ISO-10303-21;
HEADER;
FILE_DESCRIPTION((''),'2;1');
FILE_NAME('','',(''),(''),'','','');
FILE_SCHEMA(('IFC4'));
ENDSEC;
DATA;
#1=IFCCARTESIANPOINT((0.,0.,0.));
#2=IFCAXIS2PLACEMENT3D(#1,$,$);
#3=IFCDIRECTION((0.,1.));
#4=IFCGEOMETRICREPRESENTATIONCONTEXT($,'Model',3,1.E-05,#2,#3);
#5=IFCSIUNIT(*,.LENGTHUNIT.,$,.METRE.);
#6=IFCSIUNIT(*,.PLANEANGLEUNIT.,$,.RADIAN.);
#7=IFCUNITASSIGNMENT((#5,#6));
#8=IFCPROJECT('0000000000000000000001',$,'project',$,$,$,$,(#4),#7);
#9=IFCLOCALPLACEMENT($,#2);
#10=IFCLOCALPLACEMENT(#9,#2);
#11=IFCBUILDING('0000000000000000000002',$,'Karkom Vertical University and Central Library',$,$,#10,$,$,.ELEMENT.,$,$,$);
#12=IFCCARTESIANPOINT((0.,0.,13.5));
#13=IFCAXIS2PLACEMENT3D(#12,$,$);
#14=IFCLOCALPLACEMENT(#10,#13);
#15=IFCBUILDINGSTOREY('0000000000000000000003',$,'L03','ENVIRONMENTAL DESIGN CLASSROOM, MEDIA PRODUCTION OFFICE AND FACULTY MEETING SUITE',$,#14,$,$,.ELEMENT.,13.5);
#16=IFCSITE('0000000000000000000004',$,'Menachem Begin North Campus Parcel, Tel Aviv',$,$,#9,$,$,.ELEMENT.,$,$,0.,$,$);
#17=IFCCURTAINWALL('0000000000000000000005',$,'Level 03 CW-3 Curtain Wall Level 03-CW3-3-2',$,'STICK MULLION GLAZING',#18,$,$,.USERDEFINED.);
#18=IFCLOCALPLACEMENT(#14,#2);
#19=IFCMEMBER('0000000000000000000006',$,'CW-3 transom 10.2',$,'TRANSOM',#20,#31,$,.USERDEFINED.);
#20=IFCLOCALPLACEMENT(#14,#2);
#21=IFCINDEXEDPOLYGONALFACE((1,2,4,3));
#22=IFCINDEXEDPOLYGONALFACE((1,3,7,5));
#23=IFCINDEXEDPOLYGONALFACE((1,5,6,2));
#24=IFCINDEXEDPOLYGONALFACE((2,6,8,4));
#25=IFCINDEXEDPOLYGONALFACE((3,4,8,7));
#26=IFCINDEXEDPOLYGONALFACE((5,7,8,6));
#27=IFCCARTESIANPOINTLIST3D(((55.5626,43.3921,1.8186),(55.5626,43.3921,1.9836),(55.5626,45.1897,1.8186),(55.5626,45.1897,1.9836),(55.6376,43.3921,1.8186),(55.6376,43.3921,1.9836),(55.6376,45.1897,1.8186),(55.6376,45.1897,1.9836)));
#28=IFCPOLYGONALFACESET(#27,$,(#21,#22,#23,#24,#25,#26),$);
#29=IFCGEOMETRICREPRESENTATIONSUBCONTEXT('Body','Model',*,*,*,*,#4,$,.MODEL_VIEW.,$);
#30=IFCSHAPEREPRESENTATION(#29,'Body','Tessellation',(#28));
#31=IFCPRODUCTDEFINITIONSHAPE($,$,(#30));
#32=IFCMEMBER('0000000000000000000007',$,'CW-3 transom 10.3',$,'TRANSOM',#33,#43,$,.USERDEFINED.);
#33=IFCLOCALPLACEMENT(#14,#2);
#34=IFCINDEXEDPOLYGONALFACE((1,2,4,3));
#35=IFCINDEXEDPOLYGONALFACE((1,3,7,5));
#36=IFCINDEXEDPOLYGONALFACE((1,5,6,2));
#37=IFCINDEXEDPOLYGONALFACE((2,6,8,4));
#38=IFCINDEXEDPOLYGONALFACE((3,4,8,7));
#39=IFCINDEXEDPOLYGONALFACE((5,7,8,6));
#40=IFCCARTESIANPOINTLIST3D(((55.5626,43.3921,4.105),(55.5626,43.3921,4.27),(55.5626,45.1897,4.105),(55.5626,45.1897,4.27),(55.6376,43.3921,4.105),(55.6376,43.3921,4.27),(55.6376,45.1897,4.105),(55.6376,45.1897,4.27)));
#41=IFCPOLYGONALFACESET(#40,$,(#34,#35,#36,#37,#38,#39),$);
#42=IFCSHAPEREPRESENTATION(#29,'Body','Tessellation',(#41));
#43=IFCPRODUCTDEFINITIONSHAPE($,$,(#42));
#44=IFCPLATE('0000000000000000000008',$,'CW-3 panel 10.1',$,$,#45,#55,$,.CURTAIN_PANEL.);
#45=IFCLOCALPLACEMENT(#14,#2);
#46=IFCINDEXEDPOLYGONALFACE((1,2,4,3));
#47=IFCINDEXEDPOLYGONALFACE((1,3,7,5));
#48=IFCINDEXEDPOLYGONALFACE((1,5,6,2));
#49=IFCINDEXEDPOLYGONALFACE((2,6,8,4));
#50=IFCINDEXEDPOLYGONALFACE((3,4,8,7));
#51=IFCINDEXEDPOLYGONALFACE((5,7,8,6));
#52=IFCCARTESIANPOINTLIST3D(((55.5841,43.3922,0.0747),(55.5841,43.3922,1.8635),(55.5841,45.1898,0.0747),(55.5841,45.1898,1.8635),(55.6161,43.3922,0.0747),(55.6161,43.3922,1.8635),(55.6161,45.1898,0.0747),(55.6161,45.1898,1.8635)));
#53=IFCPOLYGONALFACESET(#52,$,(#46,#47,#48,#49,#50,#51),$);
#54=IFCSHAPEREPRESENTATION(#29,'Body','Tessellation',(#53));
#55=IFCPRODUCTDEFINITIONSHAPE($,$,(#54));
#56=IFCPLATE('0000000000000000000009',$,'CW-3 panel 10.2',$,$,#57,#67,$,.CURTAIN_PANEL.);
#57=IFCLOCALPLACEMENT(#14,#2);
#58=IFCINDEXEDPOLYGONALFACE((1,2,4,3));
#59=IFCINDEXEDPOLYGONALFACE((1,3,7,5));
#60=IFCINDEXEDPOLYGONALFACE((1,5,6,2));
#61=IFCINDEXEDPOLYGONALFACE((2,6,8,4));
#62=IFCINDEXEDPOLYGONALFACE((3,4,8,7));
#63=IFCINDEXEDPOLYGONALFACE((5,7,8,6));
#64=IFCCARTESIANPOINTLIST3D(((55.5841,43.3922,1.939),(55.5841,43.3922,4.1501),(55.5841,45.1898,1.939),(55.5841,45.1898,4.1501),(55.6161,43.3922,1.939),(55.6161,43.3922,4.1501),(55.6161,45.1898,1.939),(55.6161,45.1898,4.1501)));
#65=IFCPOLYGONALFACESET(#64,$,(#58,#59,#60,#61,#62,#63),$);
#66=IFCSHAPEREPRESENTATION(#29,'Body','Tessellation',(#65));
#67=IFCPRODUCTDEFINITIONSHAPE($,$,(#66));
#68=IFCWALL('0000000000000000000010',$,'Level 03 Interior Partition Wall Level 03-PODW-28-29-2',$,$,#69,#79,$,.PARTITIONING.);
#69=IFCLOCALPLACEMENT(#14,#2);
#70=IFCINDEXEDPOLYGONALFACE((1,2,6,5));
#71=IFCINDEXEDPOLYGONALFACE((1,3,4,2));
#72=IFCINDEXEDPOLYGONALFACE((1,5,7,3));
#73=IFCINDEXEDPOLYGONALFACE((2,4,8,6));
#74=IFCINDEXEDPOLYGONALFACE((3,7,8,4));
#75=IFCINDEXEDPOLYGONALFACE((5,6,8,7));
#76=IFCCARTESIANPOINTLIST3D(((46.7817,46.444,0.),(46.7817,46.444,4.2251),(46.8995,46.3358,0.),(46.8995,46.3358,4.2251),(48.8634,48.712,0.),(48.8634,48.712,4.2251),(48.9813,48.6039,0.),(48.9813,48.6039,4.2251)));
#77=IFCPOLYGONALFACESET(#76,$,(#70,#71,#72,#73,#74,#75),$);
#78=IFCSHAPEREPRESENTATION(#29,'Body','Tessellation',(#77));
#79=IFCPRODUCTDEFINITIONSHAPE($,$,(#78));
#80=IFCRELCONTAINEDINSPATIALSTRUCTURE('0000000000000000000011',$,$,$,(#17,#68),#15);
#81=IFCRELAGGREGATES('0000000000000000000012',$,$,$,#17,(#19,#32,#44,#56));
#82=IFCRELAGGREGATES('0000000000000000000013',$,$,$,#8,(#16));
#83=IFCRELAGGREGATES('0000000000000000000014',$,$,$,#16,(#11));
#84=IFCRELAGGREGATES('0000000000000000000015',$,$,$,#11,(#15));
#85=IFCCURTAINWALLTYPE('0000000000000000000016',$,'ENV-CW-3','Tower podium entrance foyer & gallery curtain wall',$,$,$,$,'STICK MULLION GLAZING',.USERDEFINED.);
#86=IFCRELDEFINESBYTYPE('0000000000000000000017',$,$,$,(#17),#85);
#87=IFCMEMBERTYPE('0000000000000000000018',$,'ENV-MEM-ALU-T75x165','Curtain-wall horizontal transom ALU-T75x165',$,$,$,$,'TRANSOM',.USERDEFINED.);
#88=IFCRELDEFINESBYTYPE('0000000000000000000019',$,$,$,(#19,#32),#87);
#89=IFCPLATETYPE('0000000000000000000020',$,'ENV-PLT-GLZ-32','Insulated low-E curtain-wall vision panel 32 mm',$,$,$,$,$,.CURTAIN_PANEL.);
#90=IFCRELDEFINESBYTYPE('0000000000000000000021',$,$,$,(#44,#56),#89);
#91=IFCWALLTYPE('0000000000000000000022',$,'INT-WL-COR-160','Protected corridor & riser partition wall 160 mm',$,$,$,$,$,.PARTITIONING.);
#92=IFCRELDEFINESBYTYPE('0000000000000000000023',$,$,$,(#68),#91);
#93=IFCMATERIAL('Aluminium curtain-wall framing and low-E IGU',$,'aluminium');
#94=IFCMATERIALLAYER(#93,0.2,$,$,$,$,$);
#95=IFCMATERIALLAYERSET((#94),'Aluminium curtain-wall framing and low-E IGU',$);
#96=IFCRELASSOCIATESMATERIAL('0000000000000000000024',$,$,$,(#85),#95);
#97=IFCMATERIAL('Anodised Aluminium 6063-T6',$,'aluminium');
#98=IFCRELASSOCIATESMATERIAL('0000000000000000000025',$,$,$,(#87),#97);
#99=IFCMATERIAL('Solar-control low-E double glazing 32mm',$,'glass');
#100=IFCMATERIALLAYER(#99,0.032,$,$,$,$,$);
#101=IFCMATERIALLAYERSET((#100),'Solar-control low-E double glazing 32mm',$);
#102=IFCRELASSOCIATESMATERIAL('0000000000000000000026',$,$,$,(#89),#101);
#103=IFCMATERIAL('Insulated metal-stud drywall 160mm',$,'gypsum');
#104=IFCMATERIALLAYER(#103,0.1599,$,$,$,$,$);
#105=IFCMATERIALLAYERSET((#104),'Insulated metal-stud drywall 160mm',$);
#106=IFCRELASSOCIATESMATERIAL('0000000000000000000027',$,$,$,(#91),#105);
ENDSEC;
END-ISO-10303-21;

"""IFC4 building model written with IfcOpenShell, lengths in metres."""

from ifc_helpers import new_model, si_unit, direction, frame, frame_2d, origin, origin_with_axes, origin_2d, place, context, subcontext, project, spatial, rectangle, extrude, source, transform, mapped, material, layer, layer_set, material_profile, profile_set, type_object, element, aggregate, save


model = new_model("IFC4")

# Units and contexts
model_context = context("Model", 3, precision=1e-05, world=origin(), true_north=direction((0.0, 1.0)))
body_context = subcontext(model_context, "Body", "Model", "MODEL_VIEW")
ifc_project = project(units=[si_unit("LENGTHUNIT", "METRE"), si_unit("PLANEANGLEUNIT", "RADIAN")], contexts=[model_context])

# Site, building, storey
site_placement = place(None, origin())
site = spatial("IfcSite", under=ifc_project, at=site_placement, Name="Menachem Begin North Campus Parcel, Tel Aviv", CompositionType="ELEMENT", RefElevation=0.0)
building_placement = place(site_placement, origin())
building = spatial("IfcBuilding", under=site, at=building_placement, Name="Karkom Vertical University and Central Library", CompositionType="ELEMENT")
storey_placement = place(building_placement, frame((0.0, 0.0, 13.5)))
storey = spatial("IfcBuildingStorey", under=building, at=storey_placement, Name="L03", Description="ENVIRONMENTAL DESIGN CLASSROOM, MEDIA PRODUCTION OFFICE AND FACULTY MEETING SUITE", CompositionType="ELEMENT", Elevation=13.5)

# Curtain wall, members, plates
ifc_material_1 = material(Name="Aluminium curtain-wall framing and low-E IGU", Category="aluminium")
ifc_layer_1 = layer(ifc_material_1, 0.2)
ifc_layer_set_1 = layer_set([ifc_layer_1], Name="Aluminium curtain-wall framing and low-E IGU")
curtain_wall_type = type_object("IfcCurtainWallType", Name="ENV-CW-3", Description="Tower podium entrance foyer & gallery curtain wall", ElementType="STICK MULLION GLAZING", PredefinedType="USERDEFINED", material=ifc_layer_set_1)
curtain_wall_placement = place(storey_placement, origin())
curtain_wall = element("IfcCurtainWall", 1, at=curtain_wall_placement, inside=storey, type_object=curtain_wall_type, Name="Level 03 CW-3 Curtain Wall Level 03-CW3-3-2", ObjectType="STICK MULLION GLAZING", PredefinedType="USERDEFINED")
ifc_material_2 = material(Name="Anodised Aluminium 6063-T6", Category="aluminium")
ifc_material_profile_1 = material_profile(ifc_material_2, rectangle(XDim=0.075, YDim=0.165, at=origin_2d()), Name="ALU-T75x165")
ifc_profile_set_1 = profile_set([ifc_material_profile_1], Name="Anodised Aluminium 6063-T6")
member_type_1 = type_object("IfcMemberType", Name="ENV-MEM-ALU-T75x165", Description="Curtain-wall horizontal transom ALU-T75x165", ElementType="TRANSOM", PredefinedType="USERDEFINED", material=ifc_profile_set_1)
shared_shape_1 = source(origin_with_axes(), body_context, "Body", "SweptSolid", [
    extrude(rectangle(XDim=0.075, YDim=0.165, at=origin_2d()), origin(), (0.0, 0.0, 1.0), 1.7976),
])
member_1_placement = place(storey_placement, frame((55.6001, 43.3921, 1.9011), z_axis=(0.0, 1.0, 0.0), x_axis=(-1.0, 0.0, 0.0)))
member_1 = element("IfcMember", 2, at=member_1_placement, type_object=member_type_1, Name="CW-3 transom 10.2", ObjectType="TRANSOM", PredefinedType="USERDEFINED", context=body_context, shape_type="MappedRepresentation", body=[
    mapped(shared_shape_1, transform((0.0, 0.0, 0.0), scale=1.0)),
])
member_2_placement = place(storey_placement, frame((55.6001, 43.3921, 4.1875), z_axis=(0.0, 1.0, 0.0), x_axis=(-1.0, 0.0, 0.0)))
member_2 = element("IfcMember", 3, at=member_2_placement, type_object=member_type_1, Name="CW-3 transom 10.3", ObjectType="TRANSOM", PredefinedType="USERDEFINED", context=body_context, shape_type="MappedRepresentation", body=[
    mapped(shared_shape_1, transform((0.0, 0.0, 0.0), scale=1.0)),
])
ifc_material_3 = material(Name="Solar-control low-E double glazing 32mm", Category="glass")
ifc_layer_2 = layer(ifc_material_3, 0.032)
ifc_layer_set_2 = layer_set([ifc_layer_2], Name="Solar-control low-E double glazing 32mm")
plate_type = type_object("IfcPlateType", Name="ENV-PLT-GLZ-32", Description="Insulated low-E curtain-wall vision panel 32 mm", PredefinedType="CURTAIN_PANEL", material=ifc_layer_set_2)
shared_shape_2 = source(origin_with_axes(), body_context, "Body", "SweptSolid", [
    extrude(rectangle(XDim=1.7976, YDim=0.032, at=origin_2d()), origin(), (0.0, 0.0, 1.0), 1.7888),
])
plate_1_placement = place(storey_placement, frame((55.6001, 44.291, 0.0747), z_axis=(0.0, 0.0, 1.0), x_axis=(0.0, 1.0, 0.0)))
plate_1 = element("IfcPlate", 4, at=plate_1_placement, type_object=plate_type, Name="CW-3 panel 10.1", PredefinedType="CURTAIN_PANEL", context=body_context, shape_type="MappedRepresentation", body=[
    mapped(shared_shape_2, transform((0.0, 0.0, 0.0), scale=1.0)),
])
shared_shape_3 = source(origin_with_axes(), body_context, "Body", "SweptSolid", [
    extrude(rectangle(XDim=1.7976, YDim=0.032, at=origin_2d()), origin(), (0.0, 0.0, 1.0), 2.2112),
])
plate_2_placement = place(storey_placement, frame((55.6001, 44.291, 1.939), z_axis=(0.0, 0.0, 1.0), x_axis=(0.0, 1.0, 0.0)))
plate_2 = element("IfcPlate", 5, at=plate_2_placement, type_object=plate_type, Name="CW-3 panel 10.2", PredefinedType="CURTAIN_PANEL", context=body_context, shape_type="MappedRepresentation", body=[
    mapped(shared_shape_3, transform((0.0, 0.0, 0.0), scale=1.0)),
])
aggregate(curtain_wall, [member_1, member_2, plate_1, plate_2])

# Wall
ifc_material_4 = material(Name="Insulated metal-stud drywall 160mm", Category="gypsum")
ifc_layer_3 = layer(ifc_material_4, 0.1599)
ifc_layer_set_3 = layer_set([ifc_layer_3], Name="Insulated metal-stud drywall 160mm")
wall_type_1 = type_object("IfcWallType", Name="INT-WL-COR-160", Description="Protected corridor & riser partition wall 160 mm", PredefinedType="PARTITIONING", material=ifc_layer_set_3)
wall_1_placement = place(storey_placement, frame((46.8406, 46.3899, 0.0), z_axis=(0.0, 0.0, 1.0), x_axis=(0.676206, 0.736713, 0.0)))
element("IfcWall", 6, at=wall_1_placement, inside=storey, type_object=wall_type_1, Name="Level 03 Interior Partition Wall Level 03-PODW-28-29-2", PredefinedType="PARTITIONING", context=body_context, shape_type="SweptSolid", body=[
    extrude(rectangle(XDim=3.0786, YDim=0.1599, at=frame_2d((1.5393, 0.0))), origin(), (0.0, 0.0, 1.0), 4.2251),
])

save(model, "model.ifc")
